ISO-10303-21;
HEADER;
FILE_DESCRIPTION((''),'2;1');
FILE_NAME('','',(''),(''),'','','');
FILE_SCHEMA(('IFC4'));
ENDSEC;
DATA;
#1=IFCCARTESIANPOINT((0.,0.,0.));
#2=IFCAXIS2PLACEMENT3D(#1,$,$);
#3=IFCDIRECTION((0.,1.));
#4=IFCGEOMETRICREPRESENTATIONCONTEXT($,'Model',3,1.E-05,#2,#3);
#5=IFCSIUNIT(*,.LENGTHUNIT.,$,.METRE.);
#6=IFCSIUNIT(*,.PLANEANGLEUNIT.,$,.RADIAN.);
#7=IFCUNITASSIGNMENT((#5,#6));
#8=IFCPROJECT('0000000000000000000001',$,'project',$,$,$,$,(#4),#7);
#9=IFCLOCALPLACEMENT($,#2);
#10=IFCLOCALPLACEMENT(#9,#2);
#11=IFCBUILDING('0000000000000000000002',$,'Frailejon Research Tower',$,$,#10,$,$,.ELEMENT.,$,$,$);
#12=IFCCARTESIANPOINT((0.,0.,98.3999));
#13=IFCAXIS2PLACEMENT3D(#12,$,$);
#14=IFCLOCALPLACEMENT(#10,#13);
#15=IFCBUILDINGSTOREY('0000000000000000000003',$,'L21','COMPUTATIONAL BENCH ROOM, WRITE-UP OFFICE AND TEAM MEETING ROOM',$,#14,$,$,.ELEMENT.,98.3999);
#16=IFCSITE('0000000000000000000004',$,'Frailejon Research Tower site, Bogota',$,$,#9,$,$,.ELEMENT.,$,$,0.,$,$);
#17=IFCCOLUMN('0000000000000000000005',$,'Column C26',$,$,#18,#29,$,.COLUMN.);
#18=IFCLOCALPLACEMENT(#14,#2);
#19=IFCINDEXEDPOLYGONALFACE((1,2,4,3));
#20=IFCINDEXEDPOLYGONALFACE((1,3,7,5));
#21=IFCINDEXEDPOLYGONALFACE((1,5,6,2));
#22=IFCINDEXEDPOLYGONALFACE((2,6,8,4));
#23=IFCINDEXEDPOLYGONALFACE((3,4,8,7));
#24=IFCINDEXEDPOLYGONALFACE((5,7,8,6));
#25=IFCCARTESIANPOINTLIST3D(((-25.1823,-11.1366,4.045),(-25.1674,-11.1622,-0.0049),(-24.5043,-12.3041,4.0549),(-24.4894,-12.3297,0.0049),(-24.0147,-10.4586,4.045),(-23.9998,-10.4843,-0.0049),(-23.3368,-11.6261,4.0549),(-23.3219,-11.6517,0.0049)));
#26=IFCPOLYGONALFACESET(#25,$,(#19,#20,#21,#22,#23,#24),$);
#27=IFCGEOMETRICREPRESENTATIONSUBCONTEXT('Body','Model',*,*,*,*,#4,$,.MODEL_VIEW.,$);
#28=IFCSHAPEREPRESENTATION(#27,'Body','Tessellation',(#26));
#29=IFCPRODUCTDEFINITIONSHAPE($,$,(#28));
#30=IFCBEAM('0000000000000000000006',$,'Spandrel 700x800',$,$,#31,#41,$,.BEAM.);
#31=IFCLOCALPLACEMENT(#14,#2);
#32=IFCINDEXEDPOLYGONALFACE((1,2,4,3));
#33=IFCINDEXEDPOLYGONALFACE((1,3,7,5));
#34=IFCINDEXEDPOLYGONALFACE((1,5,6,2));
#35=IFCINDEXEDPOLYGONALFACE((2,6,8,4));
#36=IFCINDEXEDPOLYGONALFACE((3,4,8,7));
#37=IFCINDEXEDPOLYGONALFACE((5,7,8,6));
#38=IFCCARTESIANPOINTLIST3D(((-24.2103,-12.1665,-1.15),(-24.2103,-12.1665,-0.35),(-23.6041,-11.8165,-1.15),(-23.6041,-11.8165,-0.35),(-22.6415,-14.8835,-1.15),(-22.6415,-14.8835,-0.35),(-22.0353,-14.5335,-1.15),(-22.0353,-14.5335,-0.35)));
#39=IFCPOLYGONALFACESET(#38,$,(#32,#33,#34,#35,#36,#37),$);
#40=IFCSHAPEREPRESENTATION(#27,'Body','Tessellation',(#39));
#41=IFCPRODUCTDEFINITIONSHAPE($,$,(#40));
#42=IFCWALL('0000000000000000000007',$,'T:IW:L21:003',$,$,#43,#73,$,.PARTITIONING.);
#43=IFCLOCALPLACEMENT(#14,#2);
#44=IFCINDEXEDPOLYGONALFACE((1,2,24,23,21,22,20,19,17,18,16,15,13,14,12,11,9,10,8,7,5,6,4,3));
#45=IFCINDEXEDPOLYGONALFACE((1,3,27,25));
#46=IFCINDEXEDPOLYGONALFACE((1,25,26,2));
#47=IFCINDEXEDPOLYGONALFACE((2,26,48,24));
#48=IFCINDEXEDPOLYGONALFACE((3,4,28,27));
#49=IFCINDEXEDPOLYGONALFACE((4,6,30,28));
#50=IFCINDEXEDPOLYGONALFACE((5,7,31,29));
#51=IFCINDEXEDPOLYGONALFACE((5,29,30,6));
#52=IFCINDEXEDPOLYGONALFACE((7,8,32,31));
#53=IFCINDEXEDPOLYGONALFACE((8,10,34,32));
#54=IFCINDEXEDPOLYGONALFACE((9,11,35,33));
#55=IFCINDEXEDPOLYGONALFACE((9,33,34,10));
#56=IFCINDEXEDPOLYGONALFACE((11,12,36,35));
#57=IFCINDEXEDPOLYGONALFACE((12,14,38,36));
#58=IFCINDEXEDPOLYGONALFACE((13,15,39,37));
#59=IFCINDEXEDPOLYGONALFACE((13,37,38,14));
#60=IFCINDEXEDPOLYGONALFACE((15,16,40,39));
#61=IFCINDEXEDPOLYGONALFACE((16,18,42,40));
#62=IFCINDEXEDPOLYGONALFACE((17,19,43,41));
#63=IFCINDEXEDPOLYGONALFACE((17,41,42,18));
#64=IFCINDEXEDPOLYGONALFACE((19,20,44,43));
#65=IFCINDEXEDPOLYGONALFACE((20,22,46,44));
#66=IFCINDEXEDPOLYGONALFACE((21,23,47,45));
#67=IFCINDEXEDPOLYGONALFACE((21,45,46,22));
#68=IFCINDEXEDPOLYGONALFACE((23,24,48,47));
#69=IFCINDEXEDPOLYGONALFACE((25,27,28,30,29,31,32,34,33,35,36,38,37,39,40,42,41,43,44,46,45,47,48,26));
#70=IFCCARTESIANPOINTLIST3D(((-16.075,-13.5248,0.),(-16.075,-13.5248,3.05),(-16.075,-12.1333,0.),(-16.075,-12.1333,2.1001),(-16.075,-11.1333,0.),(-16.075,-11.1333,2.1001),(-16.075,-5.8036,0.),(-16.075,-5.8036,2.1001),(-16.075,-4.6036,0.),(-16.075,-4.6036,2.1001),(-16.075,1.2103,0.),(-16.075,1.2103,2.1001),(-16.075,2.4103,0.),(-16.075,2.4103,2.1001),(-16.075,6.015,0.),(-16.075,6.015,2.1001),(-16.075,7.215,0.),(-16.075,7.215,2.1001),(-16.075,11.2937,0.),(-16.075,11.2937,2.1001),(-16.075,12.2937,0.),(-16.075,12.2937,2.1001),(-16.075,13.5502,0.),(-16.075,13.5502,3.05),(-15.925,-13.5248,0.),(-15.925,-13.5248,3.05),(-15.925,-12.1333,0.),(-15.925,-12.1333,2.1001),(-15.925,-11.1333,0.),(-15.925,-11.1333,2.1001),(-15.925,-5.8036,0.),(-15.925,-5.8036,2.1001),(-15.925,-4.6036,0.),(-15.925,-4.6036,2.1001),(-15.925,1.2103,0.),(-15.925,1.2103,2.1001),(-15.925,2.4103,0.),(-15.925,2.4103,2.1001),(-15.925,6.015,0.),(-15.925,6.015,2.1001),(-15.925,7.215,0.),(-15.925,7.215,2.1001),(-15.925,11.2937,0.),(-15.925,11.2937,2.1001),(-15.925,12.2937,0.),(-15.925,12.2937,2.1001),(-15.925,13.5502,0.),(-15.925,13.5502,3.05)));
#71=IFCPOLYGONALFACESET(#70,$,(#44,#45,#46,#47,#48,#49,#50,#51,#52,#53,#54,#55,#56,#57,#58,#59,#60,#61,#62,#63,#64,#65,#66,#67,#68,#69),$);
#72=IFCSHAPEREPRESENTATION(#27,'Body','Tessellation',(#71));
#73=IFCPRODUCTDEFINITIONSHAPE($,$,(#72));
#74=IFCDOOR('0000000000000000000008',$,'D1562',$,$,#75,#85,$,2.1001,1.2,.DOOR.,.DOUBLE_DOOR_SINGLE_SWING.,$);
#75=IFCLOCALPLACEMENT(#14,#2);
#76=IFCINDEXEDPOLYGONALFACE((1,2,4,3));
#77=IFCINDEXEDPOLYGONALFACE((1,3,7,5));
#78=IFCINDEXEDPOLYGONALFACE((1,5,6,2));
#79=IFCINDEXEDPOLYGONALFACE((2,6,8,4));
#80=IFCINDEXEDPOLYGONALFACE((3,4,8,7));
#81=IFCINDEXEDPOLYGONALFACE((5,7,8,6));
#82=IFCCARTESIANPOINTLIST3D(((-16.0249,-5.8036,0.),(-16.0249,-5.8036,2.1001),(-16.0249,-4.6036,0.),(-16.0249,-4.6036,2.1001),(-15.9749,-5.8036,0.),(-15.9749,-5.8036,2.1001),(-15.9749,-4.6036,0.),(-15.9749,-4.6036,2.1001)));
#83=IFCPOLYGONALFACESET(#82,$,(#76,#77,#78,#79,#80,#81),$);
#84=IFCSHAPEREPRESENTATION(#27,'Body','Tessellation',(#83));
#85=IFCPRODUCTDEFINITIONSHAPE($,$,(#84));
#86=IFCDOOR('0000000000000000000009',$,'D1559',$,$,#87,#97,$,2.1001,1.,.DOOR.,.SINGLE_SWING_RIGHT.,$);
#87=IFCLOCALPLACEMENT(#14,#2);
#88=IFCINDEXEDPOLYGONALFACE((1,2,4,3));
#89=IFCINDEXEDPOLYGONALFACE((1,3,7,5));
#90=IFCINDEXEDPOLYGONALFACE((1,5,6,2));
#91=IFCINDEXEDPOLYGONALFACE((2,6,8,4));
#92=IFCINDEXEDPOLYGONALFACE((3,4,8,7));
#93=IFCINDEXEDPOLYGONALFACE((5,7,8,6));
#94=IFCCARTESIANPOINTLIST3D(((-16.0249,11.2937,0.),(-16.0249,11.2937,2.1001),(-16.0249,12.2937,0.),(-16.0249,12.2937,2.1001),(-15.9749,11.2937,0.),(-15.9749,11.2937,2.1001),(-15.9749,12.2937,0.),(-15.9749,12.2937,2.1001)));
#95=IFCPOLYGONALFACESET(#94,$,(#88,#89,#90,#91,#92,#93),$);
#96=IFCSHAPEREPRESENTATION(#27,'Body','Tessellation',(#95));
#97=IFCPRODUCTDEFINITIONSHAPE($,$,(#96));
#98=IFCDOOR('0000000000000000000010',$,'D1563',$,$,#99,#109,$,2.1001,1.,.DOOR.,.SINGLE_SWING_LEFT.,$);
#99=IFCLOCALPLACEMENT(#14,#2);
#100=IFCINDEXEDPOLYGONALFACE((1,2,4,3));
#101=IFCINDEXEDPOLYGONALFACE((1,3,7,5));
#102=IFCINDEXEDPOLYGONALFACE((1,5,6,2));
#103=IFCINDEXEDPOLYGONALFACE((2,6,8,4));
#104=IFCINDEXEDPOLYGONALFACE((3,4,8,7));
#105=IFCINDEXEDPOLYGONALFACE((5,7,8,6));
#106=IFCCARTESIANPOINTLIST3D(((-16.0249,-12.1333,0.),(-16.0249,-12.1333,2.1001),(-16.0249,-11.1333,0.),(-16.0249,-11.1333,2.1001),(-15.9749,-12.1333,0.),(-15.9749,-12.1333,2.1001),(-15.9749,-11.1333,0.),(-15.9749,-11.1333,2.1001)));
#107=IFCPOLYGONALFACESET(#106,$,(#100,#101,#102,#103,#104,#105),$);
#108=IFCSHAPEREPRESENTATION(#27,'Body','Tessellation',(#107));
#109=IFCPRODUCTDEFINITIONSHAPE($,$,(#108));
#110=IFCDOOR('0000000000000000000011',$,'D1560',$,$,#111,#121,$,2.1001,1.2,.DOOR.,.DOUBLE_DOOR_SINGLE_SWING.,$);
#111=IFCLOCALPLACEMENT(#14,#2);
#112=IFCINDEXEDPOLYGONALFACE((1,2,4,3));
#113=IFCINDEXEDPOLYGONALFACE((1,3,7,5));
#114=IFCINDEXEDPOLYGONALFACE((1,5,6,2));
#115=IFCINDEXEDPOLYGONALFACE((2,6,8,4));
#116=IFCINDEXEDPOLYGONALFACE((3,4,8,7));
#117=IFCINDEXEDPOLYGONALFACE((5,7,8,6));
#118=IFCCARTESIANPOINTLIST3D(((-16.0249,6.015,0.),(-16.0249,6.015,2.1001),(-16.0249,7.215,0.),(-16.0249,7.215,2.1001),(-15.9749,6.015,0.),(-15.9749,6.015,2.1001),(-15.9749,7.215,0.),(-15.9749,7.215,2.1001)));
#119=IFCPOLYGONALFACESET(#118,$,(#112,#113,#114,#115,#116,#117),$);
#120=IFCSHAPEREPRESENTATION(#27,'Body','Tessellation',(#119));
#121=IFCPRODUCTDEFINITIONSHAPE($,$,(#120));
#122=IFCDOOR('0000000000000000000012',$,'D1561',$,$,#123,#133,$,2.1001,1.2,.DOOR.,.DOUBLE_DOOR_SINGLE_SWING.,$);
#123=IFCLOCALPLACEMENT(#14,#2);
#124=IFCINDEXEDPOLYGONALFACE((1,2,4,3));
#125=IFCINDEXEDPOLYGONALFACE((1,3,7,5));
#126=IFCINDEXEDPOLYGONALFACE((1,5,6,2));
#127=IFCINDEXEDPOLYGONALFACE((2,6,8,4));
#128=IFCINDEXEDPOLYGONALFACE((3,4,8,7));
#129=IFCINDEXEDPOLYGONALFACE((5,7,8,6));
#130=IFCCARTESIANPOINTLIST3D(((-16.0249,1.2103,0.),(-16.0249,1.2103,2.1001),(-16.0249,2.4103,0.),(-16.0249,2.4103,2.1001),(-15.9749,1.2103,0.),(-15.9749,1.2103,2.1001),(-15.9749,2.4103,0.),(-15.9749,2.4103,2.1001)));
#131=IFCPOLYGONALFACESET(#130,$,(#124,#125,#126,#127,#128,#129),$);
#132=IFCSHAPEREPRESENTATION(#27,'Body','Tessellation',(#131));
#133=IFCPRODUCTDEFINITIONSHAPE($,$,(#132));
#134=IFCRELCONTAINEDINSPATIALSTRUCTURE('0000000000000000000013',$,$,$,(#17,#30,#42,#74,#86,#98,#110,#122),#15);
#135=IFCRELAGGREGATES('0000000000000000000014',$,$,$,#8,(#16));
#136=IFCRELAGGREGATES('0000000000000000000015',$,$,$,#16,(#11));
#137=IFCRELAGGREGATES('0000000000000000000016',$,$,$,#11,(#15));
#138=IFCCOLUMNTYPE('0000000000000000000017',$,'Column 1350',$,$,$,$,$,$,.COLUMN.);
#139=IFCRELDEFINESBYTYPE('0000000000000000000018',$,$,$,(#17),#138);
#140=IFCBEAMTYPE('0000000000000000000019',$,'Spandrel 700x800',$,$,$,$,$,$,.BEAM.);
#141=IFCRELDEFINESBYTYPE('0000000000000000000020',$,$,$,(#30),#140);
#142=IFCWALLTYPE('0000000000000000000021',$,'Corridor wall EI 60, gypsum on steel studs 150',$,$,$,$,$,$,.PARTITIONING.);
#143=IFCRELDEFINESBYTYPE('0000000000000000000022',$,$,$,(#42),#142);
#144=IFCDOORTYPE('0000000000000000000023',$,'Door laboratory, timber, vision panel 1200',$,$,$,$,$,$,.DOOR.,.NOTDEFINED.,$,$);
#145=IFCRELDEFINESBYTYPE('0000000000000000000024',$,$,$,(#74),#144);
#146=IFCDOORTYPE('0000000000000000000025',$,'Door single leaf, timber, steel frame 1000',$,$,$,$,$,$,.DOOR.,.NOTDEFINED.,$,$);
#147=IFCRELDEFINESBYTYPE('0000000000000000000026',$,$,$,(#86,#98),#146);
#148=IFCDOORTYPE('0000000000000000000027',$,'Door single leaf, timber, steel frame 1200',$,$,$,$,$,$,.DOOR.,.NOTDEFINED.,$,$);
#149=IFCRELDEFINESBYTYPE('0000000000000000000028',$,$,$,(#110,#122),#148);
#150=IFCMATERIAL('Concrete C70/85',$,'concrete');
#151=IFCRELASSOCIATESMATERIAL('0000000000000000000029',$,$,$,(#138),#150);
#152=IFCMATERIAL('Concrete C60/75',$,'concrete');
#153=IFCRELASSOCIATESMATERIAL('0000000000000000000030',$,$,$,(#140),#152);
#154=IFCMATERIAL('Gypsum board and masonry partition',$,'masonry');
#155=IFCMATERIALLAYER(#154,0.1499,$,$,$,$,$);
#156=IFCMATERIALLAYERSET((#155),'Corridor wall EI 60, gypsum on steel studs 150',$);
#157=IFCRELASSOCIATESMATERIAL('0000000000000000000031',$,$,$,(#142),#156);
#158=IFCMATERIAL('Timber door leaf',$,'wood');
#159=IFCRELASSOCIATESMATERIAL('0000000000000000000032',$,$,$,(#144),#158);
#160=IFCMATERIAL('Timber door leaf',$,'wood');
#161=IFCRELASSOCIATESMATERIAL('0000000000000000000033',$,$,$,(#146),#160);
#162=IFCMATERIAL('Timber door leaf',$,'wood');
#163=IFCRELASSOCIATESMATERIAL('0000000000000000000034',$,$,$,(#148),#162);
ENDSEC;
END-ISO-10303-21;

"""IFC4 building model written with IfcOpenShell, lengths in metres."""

from ifc_helpers import new_model, si_unit, direction, frame, frame_2d, origin, origin_2d, place, context, subcontext, project, spatial, rectangle, extrude, material, layer, layer_set, material_profile, profile_set, type_object, element, fill, save


model = new_model("IFC4")

# Units and contexts
model_context = context("Model", 3, precision=1e-05, world=origin(), true_north=direction((0.0, 1.0)))
body_context = subcontext(model_context, "Body", "Model", "MODEL_VIEW")
ifc_project = project(units=[si_unit("LENGTHUNIT", "METRE"), si_unit("PLANEANGLEUNIT", "RADIAN")], contexts=[model_context])

# Site, building, storey
site_placement = place(None, origin())
site = spatial("IfcSite", under=ifc_project, at=site_placement, Name="Frailejon Research Tower site, Bogota", CompositionType="ELEMENT", RefElevation=0.0)
building_placement = place(site_placement, origin())
building = spatial("IfcBuilding", under=site, at=building_placement, Name="Frailejon Research Tower", CompositionType="ELEMENT")
storey_placement = place(building_placement, frame((0.0, 0.0, 98.3999)))
storey = spatial("IfcBuildingStorey", under=building, at=storey_placement, Name="L21", Description="COMPUTATIONAL BENCH ROOM, WRITE-UP OFFICE AND TEAM MEETING ROOM", CompositionType="ELEMENT", Elevation=98.3999)

# Column
ifc_material_1 = material(Name="Concrete C70/85", Category="concrete")
ifc_material_profile_1 = material_profile(ifc_material_1, rectangle(XDim=1.3501, YDim=1.3501, at=origin_2d()), Name="Column 1350")
ifc_profile_set_1 = profile_set([ifc_material_profile_1], Name="Concrete C70/85")
column_type = type_object("IfcColumnType", Name="Column 1350", PredefinedType="COLUMN", material=ifc_profile_set_1)
column_placement = place(storey_placement, frame((-24.2446, -11.407, 0.0), z_axis=(-0.003677, 0.006329, 0.999973), x_axis=(0.502147, -0.864751, 0.00732)))
element("IfcColumn", 1, at=column_placement, inside=storey, type_object=column_type, Name="Column C26", PredefinedType="COLUMN", context=body_context, shape_type="SweptSolid", body=[
    extrude(rectangle(XDim=1.3501, YDim=1.3501, at=origin_2d()), origin(), (0.0, 0.0, 1.0), 4.05),
])

# Beam
ifc_material_2 = material(Name="Concrete C60/75", Category="concrete")
ifc_material_profile_2 = material_profile(ifc_material_2, rectangle(XDim=0.7, YDim=0.8, at=origin_2d()), Name="Spandrel 700x800")
ifc_profile_set_2 = profile_set([ifc_material_profile_2], Name="Concrete C60/75")
beam_type = type_object("IfcBeamType", Name="Spandrel 700x800", PredefinedType="BEAM", material=ifc_profile_set_2)
beam_placement = place(storey_placement, frame((-23.9072, -11.9915, -0.75), z_axis=(0.500039, -0.866003, 0.0), x_axis=(0.866003, 0.500039, 0.0)))
element("IfcBeam", 2, at=beam_placement, inside=storey, type_object=beam_type, Name="Spandrel 700x800", PredefinedType="BEAM", context=body_context, shape_type="SweptSolid", body=[
    extrude(rectangle(XDim=0.7, YDim=0.8, at=origin_2d()), origin(), (0.0, 0.0, 1.0), 3.1375),
])

# Wall, openings, doors
ifc_material_3 = material(Name="Gypsum board and masonry partition", Category="masonry")
ifc_layer_1 = layer(ifc_material_3, 0.1499)
ifc_layer_set_1 = layer_set([ifc_layer_1], Name="Corridor wall EI 60, gypsum on steel studs 150")
wall_type = type_object("IfcWallType", Name="Corridor wall EI 60, gypsum on steel studs 150", PredefinedType="PARTITIONING", material=ifc_layer_set_1)
wall_1_placement = place(storey_placement, frame((-16.0, -13.5249, 0.0), z_axis=(0.0, 0.0, 1.0), x_axis=(0.0, 1.0, 0.0)))
wall_1 = element("IfcWall", 3, at=wall_1_placement, inside=storey, type_object=wall_type, Name="T:IW:L21:003", PredefinedType="PARTITIONING", context=body_context, shape_type="SweptSolid", body=[
    extrude(rectangle(XDim=27.075, YDim=0.1499, at=frame_2d((13.5376, 0.0))), origin(), (0.0, 0.0, 1.0), 3.05),
])
opening_1_placement = place(wall_1_placement, frame((24.8186, 0.0, 0.0)))
opening_1 = element("IfcOpeningElement", 4, at=opening_1_placement, cuts=wall_1, PredefinedType="OPENING", context=body_context, shape_type="SweptSolid", body=[
    extrude(rectangle(XDim=1.0, YDim=2.1001, at=frame_2d((0.5, 1.05))), frame((0.0, 0.085, 0.0), z_axis=(0.0, -1.0, 0.0), x_axis=(1.0, 0.0, 0.0)), (0.0, 0.0, 1.0), 0.1699),
])
opening_2_placement = place(wall_1_placement, frame((19.5398, 0.0, 0.0)))
opening_2 = element("IfcOpeningElement", 5, at=opening_2_placement, cuts=wall_1, PredefinedType="OPENING", context=body_context, shape_type="SweptSolid", body=[
    extrude(rectangle(XDim=1.2, YDim=2.1001, at=frame_2d((0.6001, 1.05))), frame((0.0, 0.085, 0.0), z_axis=(0.0, -1.0, 0.0), x_axis=(1.0, 0.0, 0.0)), (0.0, 0.0, 1.0), 0.1699),
])
opening_3_placement = place(wall_1_placement, frame((14.7351, 0.0, 0.0)))
opening_3 = element("IfcOpeningElement", 6, at=opening_3_placement, cuts=wall_1, PredefinedType="OPENING", context=body_context, shape_type="SweptSolid", body=[
    extrude(rectangle(XDim=1.2, YDim=2.1001, at=frame_2d((0.6001, 1.05))), frame((0.0, 0.085, 0.0), z_axis=(0.0, -1.0, 0.0), x_axis=(1.0, 0.0, 0.0)), (0.0, 0.0, 1.0), 0.1699),
])
opening_4_placement = place(wall_1_placement, frame((7.7212, 0.0, 0.0)))
opening_4 = element("IfcOpeningElement", 7, at=opening_4_placement, cuts=wall_1, PredefinedType="OPENING", context=body_context, shape_type="SweptSolid", body=[
    extrude(rectangle(XDim=1.2, YDim=2.1001, at=frame_2d((0.6001, 1.05))), frame((0.0, 0.085, 0.0), z_axis=(0.0, -1.0, 0.0), x_axis=(1.0, 0.0, 0.0)), (0.0, 0.0, 1.0), 0.1699),
])
opening_5_placement = place(wall_1_placement, frame((1.3916, 0.0, 0.0)))
opening_5 = element("IfcOpeningElement", 8, at=opening_5_placement, cuts=wall_1, PredefinedType="OPENING", context=body_context, shape_type="SweptSolid", body=[
    extrude(rectangle(XDim=1.0, YDim=2.1001, at=frame_2d((0.5, 1.05))), frame((0.0, 0.085, 0.0), z_axis=(0.0, -1.0, 0.0), x_axis=(1.0, 0.0, 0.0)), (0.0, 0.0, 1.0), 0.1699),
])
ifc_material_4 = material(Name="Timber door leaf", Category="wood")
door_type_1 = type_object("IfcDoorType", Name="Door laboratory, timber, vision panel 1200", OperationType="NOTDEFINED", PredefinedType="DOOR", material=ifc_material_4)
door_1_placement = place(opening_4_placement, origin())
door_1 = element("IfcDoor", 9, at=door_1_placement, inside=storey, type_object=door_type_1, Name="D1562", OperationType="DOUBLE_DOOR_SINGLE_SWING", OverallHeight=2.1001, OverallWidth=1.2, PredefinedType="DOOR", context=body_context, shape_type="SweptSolid", body=[
    extrude(rectangle(XDim=1.2, YDim=2.1001, at=frame_2d((0.6001, 1.05))), frame((0.0, 0.0249, 0.0), z_axis=(0.0, -1.0, 0.0), x_axis=(1.0, 0.0, 0.0)), (0.0, 0.0, 1.0), 0.05),
])
fill(opening_4, door_1)
ifc_material_5 = material(Name="Timber door leaf", Category="wood")
door_type_2 = type_object("IfcDoorType", Name="Door single leaf, timber, steel frame 1000", OperationType="NOTDEFINED", PredefinedType="DOOR", material=ifc_material_5)
door_2_placement = place(opening_1_placement, origin())
door_2 = element("IfcDoor", 10, at=door_2_placement, inside=storey, type_object=door_type_2, Name="D1559", OperationType="SINGLE_SWING_RIGHT", OverallHeight=2.1001, OverallWidth=1.0, PredefinedType="DOOR", context=body_context, shape_type="SweptSolid", body=[
    extrude(rectangle(XDim=1.0, YDim=2.1001, at=frame_2d((0.5, 1.05))), frame((0.0, 0.0249, 0.0), z_axis=(0.0, -1.0, 0.0), x_axis=(1.0, 0.0, 0.0)), (0.0, 0.0, 1.0), 0.05),
])
fill(opening_1, door_2)
door_3_placement = place(opening_5_placement, origin())
door_3 = element("IfcDoor", 11, at=door_3_placement, inside=storey, type_object=door_type_2, Name="D1563", OperationType="SINGLE_SWING_LEFT", OverallHeight=2.1001, OverallWidth=1.0, PredefinedType="DOOR", context=body_context, shape_type="SweptSolid", body=[
    extrude(rectangle(XDim=1.0, YDim=2.1001, at=frame_2d((0.5, 1.05))), frame((0.0, 0.0249, 0.0), z_axis=(0.0, -1.0, 0.0), x_axis=(1.0, 0.0, 0.0)), (0.0, 0.0, 1.0), 0.05),
])
fill(opening_5, door_3)
ifc_material_6 = material(Name="Timber door leaf", Category="wood")
door_type_3 = type_object("IfcDoorType", Name="Door single leaf, timber, steel frame 1200", OperationType="NOTDEFINED", PredefinedType="DOOR", material=ifc_material_6)
door_4_placement = place(opening_2_placement, origin())
door_4 = element("IfcDoor", 12, at=door_4_placement, inside=storey, type_object=door_type_3, Name="D1560", OperationType="DOUBLE_DOOR_SINGLE_SWING", OverallHeight=2.1001, OverallWidth=1.2, PredefinedType="DOOR", context=body_context, shape_type="SweptSolid", body=[
    extrude(rectangle(XDim=1.2, YDim=2.1001, at=frame_2d((0.6001, 1.05))), frame((0.0, 0.0249, 0.0), z_axis=(0.0, -1.0, 0.0), x_axis=(1.0, 0.0, 0.0)), (0.0, 0.0, 1.0), 0.05),
])
fill(opening_2, door_4)
door_5_placement = place(opening_3_placement, origin())
door_5 = element("IfcDoor", 13, at=door_5_placement, inside=storey, type_object=door_type_3, Name="D1561", OperationType="DOUBLE_DOOR_SINGLE_SWING", OverallHeight=2.1001, OverallWidth=1.2, PredefinedType="DOOR", context=body_context, shape_type="SweptSolid", body=[
    extrude(rectangle(XDim=1.2, YDim=2.1001, at=frame_2d((0.6001, 1.05))), frame((0.0, 0.0249, 0.0), z_axis=(0.0, -1.0, 0.0), x_axis=(1.0, 0.0, 0.0)), (0.0, 0.0, 1.0), 0.05),
])
fill(opening_3, door_5)

save(model, "model.ifc")
